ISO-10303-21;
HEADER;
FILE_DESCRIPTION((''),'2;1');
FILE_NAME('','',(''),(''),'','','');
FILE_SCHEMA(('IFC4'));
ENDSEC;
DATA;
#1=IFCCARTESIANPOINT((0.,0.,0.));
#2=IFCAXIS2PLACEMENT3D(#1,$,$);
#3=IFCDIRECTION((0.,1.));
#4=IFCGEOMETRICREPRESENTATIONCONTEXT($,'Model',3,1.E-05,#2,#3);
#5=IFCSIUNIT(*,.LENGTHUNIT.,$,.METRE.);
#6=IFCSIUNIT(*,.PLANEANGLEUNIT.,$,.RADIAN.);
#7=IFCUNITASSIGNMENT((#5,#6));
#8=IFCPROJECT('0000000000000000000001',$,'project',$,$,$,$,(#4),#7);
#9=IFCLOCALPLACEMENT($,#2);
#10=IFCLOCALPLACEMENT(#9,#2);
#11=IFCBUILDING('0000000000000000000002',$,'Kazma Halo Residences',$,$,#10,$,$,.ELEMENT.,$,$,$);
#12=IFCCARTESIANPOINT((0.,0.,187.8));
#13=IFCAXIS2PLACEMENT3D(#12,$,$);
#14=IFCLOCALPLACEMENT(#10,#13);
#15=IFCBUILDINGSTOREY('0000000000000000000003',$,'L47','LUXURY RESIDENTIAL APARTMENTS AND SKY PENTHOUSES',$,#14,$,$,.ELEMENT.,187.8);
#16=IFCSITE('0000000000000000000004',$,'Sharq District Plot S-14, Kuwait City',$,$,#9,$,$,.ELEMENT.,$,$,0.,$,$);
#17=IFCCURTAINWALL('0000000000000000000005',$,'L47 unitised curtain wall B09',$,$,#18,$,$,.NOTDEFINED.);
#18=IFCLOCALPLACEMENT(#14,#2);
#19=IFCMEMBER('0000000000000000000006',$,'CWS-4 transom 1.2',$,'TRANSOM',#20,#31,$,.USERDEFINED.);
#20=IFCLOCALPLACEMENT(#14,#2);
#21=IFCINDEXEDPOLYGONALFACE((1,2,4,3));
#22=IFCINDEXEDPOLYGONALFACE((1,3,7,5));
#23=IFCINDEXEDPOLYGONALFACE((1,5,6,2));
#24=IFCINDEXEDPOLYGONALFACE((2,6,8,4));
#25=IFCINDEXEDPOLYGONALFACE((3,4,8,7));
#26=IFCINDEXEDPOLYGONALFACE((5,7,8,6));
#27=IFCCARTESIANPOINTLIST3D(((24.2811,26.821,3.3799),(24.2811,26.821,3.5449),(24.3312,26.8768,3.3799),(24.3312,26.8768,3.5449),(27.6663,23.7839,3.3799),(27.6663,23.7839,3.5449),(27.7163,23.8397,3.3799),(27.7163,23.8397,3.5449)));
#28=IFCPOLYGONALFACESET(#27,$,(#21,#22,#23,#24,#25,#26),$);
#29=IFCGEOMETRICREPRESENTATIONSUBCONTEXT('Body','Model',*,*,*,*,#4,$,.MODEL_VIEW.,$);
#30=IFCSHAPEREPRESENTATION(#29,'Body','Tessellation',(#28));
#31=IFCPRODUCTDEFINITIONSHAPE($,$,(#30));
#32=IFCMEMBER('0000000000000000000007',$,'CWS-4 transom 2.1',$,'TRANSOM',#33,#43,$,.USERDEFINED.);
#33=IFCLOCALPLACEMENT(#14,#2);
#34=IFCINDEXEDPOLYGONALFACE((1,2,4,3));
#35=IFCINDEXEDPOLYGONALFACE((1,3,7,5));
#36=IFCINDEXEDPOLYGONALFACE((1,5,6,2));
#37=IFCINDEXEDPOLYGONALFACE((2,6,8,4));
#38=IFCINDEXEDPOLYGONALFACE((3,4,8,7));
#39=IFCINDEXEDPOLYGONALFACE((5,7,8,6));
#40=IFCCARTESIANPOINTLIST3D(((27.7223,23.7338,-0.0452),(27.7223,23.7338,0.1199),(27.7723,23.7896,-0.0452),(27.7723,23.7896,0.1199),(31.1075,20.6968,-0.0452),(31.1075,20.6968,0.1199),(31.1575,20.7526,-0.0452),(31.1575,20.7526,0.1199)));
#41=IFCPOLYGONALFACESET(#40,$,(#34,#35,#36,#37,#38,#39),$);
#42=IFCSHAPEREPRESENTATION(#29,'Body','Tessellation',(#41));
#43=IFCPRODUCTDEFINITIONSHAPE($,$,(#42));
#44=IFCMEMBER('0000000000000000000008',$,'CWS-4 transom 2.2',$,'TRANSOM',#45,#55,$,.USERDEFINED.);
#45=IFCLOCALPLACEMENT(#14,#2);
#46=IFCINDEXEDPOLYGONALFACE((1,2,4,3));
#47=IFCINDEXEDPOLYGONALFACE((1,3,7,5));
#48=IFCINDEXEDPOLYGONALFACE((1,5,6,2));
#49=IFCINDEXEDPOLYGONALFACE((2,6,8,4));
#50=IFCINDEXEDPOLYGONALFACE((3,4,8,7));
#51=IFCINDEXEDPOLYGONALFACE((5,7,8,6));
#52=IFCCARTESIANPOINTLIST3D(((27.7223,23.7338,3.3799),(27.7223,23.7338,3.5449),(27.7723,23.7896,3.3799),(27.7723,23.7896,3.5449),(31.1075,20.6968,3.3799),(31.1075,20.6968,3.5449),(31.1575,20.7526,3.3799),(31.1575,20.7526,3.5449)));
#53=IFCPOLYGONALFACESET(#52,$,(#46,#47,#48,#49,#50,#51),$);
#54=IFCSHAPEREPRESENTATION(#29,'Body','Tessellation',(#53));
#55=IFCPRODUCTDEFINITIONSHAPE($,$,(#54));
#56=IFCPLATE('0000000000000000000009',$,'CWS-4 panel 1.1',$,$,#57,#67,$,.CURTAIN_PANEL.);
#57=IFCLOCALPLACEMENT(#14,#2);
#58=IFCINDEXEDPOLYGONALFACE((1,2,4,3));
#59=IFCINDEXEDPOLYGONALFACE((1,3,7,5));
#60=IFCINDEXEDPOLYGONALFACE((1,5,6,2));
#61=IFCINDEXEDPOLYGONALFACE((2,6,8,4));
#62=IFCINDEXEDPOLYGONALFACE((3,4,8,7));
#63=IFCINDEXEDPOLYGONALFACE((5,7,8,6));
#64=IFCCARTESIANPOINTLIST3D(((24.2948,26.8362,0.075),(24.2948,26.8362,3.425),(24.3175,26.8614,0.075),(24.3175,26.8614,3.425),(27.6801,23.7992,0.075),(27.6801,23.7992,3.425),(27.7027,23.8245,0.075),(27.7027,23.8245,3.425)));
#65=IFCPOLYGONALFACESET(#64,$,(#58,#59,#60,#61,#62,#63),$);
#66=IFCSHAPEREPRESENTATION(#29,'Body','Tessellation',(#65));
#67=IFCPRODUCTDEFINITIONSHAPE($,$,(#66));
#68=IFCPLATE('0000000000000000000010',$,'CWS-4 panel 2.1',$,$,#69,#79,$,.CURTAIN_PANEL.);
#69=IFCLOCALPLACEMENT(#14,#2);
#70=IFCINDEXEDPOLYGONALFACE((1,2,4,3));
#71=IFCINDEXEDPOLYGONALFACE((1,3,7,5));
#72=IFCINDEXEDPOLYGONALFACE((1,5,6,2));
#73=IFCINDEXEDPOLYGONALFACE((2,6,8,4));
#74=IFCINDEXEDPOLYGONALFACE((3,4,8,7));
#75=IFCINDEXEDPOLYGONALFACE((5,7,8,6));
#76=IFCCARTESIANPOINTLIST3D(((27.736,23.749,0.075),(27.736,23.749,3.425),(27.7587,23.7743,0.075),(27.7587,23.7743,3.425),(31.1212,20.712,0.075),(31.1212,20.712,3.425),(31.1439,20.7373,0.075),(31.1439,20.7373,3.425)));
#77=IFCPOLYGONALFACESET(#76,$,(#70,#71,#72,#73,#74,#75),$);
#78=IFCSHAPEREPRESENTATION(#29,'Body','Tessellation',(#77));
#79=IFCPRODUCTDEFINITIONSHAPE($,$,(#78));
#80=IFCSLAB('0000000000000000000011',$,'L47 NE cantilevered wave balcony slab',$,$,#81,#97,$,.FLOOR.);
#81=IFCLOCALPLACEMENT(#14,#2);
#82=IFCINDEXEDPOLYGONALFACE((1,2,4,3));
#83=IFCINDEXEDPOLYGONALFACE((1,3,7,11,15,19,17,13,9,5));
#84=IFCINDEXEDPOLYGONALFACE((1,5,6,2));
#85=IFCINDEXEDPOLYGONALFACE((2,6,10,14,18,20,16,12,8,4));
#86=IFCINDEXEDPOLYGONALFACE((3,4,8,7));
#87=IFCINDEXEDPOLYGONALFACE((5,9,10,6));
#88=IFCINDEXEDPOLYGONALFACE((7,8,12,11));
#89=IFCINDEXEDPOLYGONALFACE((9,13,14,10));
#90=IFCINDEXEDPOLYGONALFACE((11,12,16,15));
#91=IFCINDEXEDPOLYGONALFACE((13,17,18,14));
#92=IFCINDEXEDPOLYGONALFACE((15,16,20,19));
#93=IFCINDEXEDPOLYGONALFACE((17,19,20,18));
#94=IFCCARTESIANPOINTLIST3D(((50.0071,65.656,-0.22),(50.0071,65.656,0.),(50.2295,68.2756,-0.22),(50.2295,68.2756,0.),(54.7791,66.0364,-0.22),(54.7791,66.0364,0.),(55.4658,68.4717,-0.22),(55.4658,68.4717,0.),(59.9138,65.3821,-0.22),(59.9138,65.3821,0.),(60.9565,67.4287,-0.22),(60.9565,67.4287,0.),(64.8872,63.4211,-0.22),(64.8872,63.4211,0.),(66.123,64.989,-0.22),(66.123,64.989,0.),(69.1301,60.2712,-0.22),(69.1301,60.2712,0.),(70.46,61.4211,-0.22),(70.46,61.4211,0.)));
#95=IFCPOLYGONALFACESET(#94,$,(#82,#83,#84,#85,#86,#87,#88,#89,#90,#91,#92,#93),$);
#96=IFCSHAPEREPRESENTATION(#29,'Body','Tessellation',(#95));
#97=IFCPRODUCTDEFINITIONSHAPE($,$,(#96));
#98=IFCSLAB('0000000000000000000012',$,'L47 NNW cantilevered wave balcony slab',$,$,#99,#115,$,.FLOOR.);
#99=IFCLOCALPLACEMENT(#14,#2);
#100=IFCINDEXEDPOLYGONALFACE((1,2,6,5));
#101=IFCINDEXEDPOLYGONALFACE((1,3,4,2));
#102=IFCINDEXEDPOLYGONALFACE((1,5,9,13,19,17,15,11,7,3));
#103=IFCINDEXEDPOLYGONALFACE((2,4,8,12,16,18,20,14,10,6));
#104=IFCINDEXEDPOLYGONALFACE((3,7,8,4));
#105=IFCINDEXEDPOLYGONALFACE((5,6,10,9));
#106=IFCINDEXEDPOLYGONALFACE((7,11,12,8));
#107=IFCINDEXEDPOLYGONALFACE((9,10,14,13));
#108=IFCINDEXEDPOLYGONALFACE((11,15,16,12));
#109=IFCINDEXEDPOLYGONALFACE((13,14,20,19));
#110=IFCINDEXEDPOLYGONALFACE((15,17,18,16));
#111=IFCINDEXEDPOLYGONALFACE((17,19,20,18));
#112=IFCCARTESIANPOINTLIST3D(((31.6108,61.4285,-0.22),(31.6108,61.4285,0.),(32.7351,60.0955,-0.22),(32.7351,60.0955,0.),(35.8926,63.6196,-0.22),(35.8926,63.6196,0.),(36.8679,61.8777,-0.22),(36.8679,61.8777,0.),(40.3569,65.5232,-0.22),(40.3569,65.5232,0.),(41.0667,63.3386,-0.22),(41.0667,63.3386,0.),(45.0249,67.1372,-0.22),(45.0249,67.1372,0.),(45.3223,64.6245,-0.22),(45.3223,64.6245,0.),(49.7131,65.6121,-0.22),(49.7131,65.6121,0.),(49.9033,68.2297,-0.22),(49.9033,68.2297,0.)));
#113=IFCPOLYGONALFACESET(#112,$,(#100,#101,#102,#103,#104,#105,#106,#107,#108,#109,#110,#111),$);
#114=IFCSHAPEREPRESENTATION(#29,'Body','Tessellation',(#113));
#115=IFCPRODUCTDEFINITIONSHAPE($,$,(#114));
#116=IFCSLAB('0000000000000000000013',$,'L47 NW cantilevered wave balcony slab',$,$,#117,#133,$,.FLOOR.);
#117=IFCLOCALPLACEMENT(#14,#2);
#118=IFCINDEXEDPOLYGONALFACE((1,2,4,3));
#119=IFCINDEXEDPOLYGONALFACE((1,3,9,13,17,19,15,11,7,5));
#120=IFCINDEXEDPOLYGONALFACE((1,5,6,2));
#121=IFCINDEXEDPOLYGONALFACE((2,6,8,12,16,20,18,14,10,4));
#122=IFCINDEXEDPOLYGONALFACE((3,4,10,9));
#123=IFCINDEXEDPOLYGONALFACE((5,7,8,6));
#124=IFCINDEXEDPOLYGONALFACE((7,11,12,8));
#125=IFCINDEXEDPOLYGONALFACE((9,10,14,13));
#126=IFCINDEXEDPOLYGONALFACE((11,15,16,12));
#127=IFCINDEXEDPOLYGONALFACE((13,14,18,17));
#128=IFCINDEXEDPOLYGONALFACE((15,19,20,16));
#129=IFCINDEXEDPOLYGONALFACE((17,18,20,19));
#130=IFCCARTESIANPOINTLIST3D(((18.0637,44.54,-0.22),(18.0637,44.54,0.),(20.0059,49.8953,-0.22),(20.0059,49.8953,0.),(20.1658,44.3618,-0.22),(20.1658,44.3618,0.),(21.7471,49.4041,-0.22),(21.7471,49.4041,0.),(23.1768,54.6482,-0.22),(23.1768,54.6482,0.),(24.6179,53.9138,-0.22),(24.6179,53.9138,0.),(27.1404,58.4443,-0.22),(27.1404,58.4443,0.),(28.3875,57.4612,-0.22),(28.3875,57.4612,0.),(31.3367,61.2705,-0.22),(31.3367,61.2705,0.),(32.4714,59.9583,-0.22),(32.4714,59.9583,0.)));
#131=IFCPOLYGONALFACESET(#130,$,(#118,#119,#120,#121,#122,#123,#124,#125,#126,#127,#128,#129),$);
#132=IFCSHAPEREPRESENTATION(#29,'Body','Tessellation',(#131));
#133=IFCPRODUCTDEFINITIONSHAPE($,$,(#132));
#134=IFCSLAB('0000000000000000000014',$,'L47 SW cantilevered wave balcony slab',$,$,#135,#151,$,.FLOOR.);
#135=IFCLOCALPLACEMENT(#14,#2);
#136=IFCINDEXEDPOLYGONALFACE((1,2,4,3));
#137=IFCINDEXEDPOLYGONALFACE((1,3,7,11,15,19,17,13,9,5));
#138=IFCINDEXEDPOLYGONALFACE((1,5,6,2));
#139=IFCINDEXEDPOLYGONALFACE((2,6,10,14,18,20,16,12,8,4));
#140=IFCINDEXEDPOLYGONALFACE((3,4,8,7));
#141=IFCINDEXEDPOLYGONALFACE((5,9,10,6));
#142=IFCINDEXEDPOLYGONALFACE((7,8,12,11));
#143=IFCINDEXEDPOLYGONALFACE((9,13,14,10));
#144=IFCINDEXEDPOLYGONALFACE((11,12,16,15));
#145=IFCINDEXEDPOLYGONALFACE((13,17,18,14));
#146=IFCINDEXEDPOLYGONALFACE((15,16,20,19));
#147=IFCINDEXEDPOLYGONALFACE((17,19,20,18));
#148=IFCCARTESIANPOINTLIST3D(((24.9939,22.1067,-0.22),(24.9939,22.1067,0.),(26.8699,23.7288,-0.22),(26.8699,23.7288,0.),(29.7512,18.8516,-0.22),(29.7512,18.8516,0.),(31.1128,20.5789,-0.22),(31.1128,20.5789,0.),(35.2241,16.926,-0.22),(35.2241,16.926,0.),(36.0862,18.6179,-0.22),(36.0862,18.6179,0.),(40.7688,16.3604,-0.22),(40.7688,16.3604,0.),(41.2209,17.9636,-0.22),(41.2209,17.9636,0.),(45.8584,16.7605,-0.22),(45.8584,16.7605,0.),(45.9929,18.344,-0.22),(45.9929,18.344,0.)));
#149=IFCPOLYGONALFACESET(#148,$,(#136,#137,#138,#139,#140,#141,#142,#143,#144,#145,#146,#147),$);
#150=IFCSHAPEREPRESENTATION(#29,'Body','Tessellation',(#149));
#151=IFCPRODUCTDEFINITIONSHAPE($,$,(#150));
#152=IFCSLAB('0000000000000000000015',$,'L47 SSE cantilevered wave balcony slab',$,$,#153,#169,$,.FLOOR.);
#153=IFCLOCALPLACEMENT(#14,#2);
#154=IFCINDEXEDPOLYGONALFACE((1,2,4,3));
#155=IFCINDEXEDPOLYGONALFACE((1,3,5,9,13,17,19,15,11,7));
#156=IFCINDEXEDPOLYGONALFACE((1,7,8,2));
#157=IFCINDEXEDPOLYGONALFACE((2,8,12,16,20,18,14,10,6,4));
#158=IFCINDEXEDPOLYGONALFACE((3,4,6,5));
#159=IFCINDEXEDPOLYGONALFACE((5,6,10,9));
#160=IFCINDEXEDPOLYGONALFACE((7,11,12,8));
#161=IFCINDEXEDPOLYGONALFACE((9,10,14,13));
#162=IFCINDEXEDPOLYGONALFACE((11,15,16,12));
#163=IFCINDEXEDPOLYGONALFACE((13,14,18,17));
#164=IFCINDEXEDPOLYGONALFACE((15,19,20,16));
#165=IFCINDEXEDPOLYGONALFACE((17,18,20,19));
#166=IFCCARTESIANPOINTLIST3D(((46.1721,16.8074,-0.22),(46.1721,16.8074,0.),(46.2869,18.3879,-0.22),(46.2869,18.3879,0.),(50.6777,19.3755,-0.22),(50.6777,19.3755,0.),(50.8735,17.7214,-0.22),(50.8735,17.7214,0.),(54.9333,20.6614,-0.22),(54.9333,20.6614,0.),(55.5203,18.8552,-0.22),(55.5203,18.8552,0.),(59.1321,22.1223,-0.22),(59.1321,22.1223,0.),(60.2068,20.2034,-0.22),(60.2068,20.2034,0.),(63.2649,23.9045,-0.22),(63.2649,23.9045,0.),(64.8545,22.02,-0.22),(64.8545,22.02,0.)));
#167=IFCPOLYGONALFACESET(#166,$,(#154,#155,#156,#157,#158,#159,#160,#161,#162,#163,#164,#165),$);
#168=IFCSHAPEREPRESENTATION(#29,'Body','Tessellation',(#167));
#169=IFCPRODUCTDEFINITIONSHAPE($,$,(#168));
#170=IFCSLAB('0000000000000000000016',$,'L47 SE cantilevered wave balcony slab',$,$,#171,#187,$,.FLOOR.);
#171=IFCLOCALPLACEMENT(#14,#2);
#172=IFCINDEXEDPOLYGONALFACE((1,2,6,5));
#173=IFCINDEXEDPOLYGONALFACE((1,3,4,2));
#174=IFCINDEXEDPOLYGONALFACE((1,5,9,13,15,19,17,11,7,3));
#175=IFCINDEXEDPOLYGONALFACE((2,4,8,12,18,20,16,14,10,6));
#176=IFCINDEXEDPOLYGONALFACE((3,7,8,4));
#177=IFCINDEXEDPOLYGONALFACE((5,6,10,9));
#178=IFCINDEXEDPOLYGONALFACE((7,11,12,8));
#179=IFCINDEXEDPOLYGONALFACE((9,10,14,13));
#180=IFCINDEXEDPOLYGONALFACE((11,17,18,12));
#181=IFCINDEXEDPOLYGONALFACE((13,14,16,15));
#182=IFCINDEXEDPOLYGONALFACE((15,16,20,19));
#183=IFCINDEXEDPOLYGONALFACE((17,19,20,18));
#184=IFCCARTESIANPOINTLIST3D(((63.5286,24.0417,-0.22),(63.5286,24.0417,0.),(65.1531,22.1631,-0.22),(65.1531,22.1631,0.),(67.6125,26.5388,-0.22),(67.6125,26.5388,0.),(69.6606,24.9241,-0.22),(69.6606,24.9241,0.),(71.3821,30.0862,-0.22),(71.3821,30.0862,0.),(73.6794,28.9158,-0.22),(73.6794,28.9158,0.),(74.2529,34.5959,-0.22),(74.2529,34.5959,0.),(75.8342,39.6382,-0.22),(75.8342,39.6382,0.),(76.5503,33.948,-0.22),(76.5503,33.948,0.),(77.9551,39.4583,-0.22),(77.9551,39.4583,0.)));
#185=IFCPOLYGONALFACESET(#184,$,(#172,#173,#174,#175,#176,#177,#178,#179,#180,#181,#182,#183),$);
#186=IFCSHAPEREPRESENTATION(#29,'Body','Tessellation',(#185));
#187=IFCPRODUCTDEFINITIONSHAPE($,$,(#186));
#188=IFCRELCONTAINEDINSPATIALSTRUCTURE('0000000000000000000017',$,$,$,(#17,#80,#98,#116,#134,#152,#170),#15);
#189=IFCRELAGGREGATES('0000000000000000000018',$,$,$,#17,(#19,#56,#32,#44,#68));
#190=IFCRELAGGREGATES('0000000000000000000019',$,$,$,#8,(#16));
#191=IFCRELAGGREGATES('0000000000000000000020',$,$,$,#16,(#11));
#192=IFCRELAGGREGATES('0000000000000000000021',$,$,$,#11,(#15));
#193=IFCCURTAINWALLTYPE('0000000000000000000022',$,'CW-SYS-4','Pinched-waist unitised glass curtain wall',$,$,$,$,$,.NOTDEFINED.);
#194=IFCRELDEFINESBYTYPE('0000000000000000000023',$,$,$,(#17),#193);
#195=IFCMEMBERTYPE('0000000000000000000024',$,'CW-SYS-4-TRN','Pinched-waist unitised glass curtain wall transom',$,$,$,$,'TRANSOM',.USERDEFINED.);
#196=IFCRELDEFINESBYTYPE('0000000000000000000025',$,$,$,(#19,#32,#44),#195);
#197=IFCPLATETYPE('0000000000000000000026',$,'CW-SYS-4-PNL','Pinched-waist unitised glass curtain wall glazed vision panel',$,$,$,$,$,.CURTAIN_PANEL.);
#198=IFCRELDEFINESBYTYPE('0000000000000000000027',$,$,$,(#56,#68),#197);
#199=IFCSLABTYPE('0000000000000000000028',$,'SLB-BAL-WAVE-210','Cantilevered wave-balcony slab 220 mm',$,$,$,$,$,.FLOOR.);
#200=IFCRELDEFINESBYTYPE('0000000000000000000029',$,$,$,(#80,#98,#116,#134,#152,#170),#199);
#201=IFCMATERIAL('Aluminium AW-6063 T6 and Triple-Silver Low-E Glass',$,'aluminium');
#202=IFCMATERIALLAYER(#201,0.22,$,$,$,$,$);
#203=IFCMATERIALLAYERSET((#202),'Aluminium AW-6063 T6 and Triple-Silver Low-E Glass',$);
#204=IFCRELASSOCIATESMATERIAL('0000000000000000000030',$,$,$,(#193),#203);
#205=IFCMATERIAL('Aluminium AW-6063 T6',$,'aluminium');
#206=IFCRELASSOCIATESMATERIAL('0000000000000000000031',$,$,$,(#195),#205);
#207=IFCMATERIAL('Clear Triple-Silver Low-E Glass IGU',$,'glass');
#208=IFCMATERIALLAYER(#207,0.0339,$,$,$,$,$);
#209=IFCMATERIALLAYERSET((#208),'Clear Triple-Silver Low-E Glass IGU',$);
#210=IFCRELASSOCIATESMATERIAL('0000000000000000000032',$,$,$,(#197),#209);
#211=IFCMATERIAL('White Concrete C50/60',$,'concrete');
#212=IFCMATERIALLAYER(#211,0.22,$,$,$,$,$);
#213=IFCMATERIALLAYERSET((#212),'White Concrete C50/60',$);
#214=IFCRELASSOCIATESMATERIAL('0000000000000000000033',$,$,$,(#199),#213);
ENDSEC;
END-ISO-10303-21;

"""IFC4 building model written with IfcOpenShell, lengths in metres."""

from ifc_helpers import new_model, si_unit, direction, frame, origin, origin_2d, place, context, subcontext, project, spatial, polyline, rectangle, outline, extrude, material, layer, layer_set, material_profile, profile_set, type_object, element, aggregate, save


model = new_model("IFC4")

# Units and contexts
model_context = context("Model", 3, precision=1e-05, world=origin(), true_north=direction((0.0, 1.0)))
body_context = subcontext(model_context, "Body", "Model", "MODEL_VIEW")
ifc_project = project(units=[si_unit("LENGTHUNIT", "METRE"), si_unit("PLANEANGLEUNIT", "RADIAN")], contexts=[model_context])

# Site, building, storey
site_placement = place(None, origin())
site = spatial("IfcSite", under=ifc_project, at=site_placement, Name="Sharq District Plot S-14, Kuwait City", CompositionType="ELEMENT", RefElevation=0.0)
building_placement = place(site_placement, origin())
building = spatial("IfcBuilding", under=site, at=building_placement, Name="Kazma Halo Residences", CompositionType="ELEMENT")
storey_placement = place(building_placement, frame((0.0, 0.0, 187.8)))
storey = spatial("IfcBuildingStorey", under=building, at=storey_placement, Name="L47", Description="LUXURY RESIDENTIAL APARTMENTS AND SKY PENTHOUSES", CompositionType="ELEMENT", Elevation=187.8)

# Curtain wall, members, plates
ifc_material_1 = material(Name="Aluminium AW-6063 T6 and Triple-Silver Low-E Glass", Category="aluminium")
ifc_layer_1 = layer(ifc_material_1, 0.22)
ifc_layer_set_1 = layer_set([ifc_layer_1], Name="Aluminium AW-6063 T6 and Triple-Silver Low-E Glass")
curtain_wall_type = type_object("IfcCurtainWallType", Name="CW-SYS-4", Description="Pinched-waist unitised glass curtain wall", PredefinedType="NOTDEFINED", material=ifc_layer_set_1)
curtain_wall_placement = place(storey_placement, origin())
curtain_wall = element("IfcCurtainWall", 1, at=curtain_wall_placement, inside=storey, type_object=curtain_wall_type, Name="L47 unitised curtain wall B09", PredefinedType="NOTDEFINED")
ifc_material_2 = material(Name="Aluminium AW-6063 T6", Category="aluminium")
ifc_material_profile_1 = material_profile(ifc_material_2, rectangle(XDim=0.075, YDim=0.165, at=origin_2d()), Name="CWT-75x165")
ifc_profile_set_1 = profile_set([ifc_material_profile_1], Name="Aluminium AW-6063 T6")
member_type_1 = type_object("IfcMemberType", Name="CW-SYS-4-TRN", Description="Pinched-waist unitised glass curtain wall transom", ElementType="TRANSOM", PredefinedType="USERDEFINED", material=ifc_profile_set_1)
member_1_placement = place(storey_placement, frame((24.3062, 26.8489, 3.4624), z_axis=(0.744345, -0.667795, 0.0), x_axis=(0.667795, 0.744345, 0.0)))
member_1 = element("IfcMember", 2, at=member_1_placement, type_object=member_type_1, Name="CWS-4 transom 1.2", ObjectType="TRANSOM", PredefinedType="USERDEFINED", context=body_context, shape_type="SweptSolid", body=[
    extrude(rectangle(XDim=0.075, YDim=0.165, at=origin_2d()), origin(), (0.0, 0.0, 1.0), 4.5479),
])
member_2_placement = place(storey_placement, frame((27.7473, 23.7617, 0.0374), z_axis=(0.744345, -0.667795, 0.0), x_axis=(0.667795, 0.744345, 0.0)))
member_2 = element("IfcMember", 3, at=member_2_placement, type_object=member_type_1, Name="CWS-4 transom 2.1", ObjectType="TRANSOM", PredefinedType="USERDEFINED", context=body_context, shape_type="SweptSolid", body=[
    extrude(rectangle(XDim=0.075, YDim=0.165, at=origin_2d()), origin(), (0.0, 0.0, 1.0), 4.5479),
])
member_3_placement = place(storey_placement, frame((27.7473, 23.7617, 3.4624), z_axis=(0.744345, -0.667795, 0.0), x_axis=(0.667795, 0.744345, 0.0)))
member_3 = element("IfcMember", 4, at=member_3_placement, type_object=member_type_1, Name="CWS-4 transom 2.2", ObjectType="TRANSOM", PredefinedType="USERDEFINED", context=body_context, shape_type="SweptSolid", body=[
    extrude(rectangle(XDim=0.075, YDim=0.165, at=origin_2d()), origin(), (0.0, 0.0, 1.0), 4.5479),
])
ifc_material_3 = material(Name="Clear Triple-Silver Low-E Glass IGU", Category="glass")
ifc_layer_2 = layer(ifc_material_3, 0.0339)
ifc_layer_set_2 = layer_set([ifc_layer_2], Name="Clear Triple-Silver Low-E Glass IGU")
plate_type = type_object("IfcPlateType", Name="CW-SYS-4-PNL", Description="Pinched-waist unitised glass curtain wall glazed vision panel", PredefinedType="CURTAIN_PANEL", material=ifc_layer_set_2)
plate_1_placement = place(storey_placement, frame((25.9988, 25.3303, 0.075), z_axis=(0.0, 0.0, 1.0), x_axis=(0.744355, -0.667784, 0.0)))
plate_1 = element("IfcPlate", 5, at=plate_1_placement, type_object=plate_type, Name="CWS-4 panel 1.1", PredefinedType="CURTAIN_PANEL", context=body_context, shape_type="SweptSolid", body=[
    extrude(rectangle(XDim=4.5479, YDim=0.0339, at=origin_2d()), origin(), (0.0, 0.0, 1.0), 3.3501),
])
plate_2_placement = place(storey_placement, frame((29.4399, 22.2432, 0.075), z_axis=(0.0, 0.0, 1.0), x_axis=(0.744355, -0.667784, 0.0)))
plate_2 = element("IfcPlate", 6, at=plate_2_placement, type_object=plate_type, Name="CWS-4 panel 2.1", PredefinedType="CURTAIN_PANEL", context=body_context, shape_type="SweptSolid", body=[
    extrude(rectangle(XDim=4.5479, YDim=0.0339, at=origin_2d()), origin(), (0.0, 0.0, 1.0), 3.3501),
])
aggregate(curtain_wall, [member_1, plate_1, member_2, member_3, plate_2])

# Slabs
ifc_material_4 = material(Name="White Concrete C50/60", Category="concrete")
ifc_layer_3 = layer(ifc_material_4, 0.22)
ifc_layer_set_3 = layer_set([ifc_layer_3], Name="White Concrete C50/60")
slab_type_1 = type_object("IfcSlabType", Name="SLB-BAL-WAVE-210", Description="Cantilevered wave-balcony slab 220 mm", PredefinedType="FLOOR", material=ifc_layer_set_3)
slab_1_placement = place(storey_placement, frame((0.0, 0.0, -0.22)))
element("IfcSlab", 7, at=slab_1_placement, inside=storey, type_object=slab_type_1, Name="L47 NE cantilevered wave balcony slab", PredefinedType="FLOOR", context=body_context, shape_type="SweptSolid", body=[
    extrude(outline(polyline([(69.1301, 60.2712), (64.8872, 63.4211), (59.9138, 65.3821), (54.7791, 66.0364), (50.0071, 65.656), (50.2295, 68.2756), (55.4658, 68.4717), (60.9565, 67.4287), (66.123, 64.989), (70.46, 61.4211), (69.1301, 60.2712)])), origin(), (0.0, 0.0, 1.0), 0.22),
])
slab_2_placement = place(storey_placement, frame((0.0, 0.0, -0.22)))
element("IfcSlab", 8, at=slab_2_placement, inside=storey, type_object=slab_type_1, Name="L47 NNW cantilevered wave balcony slab", PredefinedType="FLOOR", context=body_context, shape_type="SweptSolid", body=[
    extrude(outline(polyline([(49.7131, 65.6121), (45.3223, 64.6245), (41.0667, 63.3386), (36.8679, 61.8777), (32.7351, 60.0955), (31.6108, 61.4285), (35.8926, 63.6196), (40.3569, 65.5232), (45.0249, 67.1372), (49.9033, 68.2297), (49.7131, 65.6121)])), origin(), (0.0, 0.0, 1.0), 0.22),
])
slab_3_placement = place(storey_placement, frame((0.0, 0.0, -0.22)))
element("IfcSlab", 9, at=slab_3_placement, inside=storey, type_object=slab_type_1, Name="L47 NW cantilevered wave balcony slab", PredefinedType="FLOOR", context=body_context, shape_type="SweptSolid", body=[
    extrude(outline(polyline([(32.4714, 59.9583), (28.3875, 57.4612), (24.6179, 53.9138), (21.7471, 49.4041), (20.1658, 44.3618), (18.0637, 44.54), (20.0059, 49.8953), (23.1768, 54.6482), (27.1404, 58.4443), (31.3367, 61.2705), (32.4714, 59.9583)])), origin(), (0.0, 0.0, 1.0), 0.22),
])
slab_4_placement = place(storey_placement, frame((0.0, 0.0, -0.22)))
element("IfcSlab", 10, at=slab_4_placement, inside=storey, type_object=slab_type_1, Name="L47 SW cantilevered wave balcony slab", PredefinedType="FLOOR", context=body_context, shape_type="SweptSolid", body=[
    extrude(outline(polyline([(26.8699, 23.7288), (31.1128, 20.5789), (36.0862, 18.6179), (41.2209, 17.9636), (45.9929, 18.344), (45.8584, 16.7605), (40.7688, 16.3604), (35.2241, 16.926), (29.7512, 18.8516), (24.9939, 22.1067), (26.8699, 23.7288)])), origin(), (0.0, 0.0, 1.0), 0.22),
])
slab_5_placement = place(storey_placement, frame((0.0, 0.0, -0.22)))
element("IfcSlab", 11, at=slab_5_placement, inside=storey, type_object=slab_type_1, Name="L47 SSE cantilevered wave balcony slab", PredefinedType="FLOOR", context=body_context, shape_type="SweptSolid", body=[
    extrude(outline(polyline([(46.2869, 18.3879), (50.6777, 19.3755), (54.9333, 20.6614), (59.1321, 22.1223), (63.2649, 23.9045), (64.8545, 22.02), (60.2068, 20.2034), (55.5203, 18.8552), (50.8735, 17.7214), (46.1721, 16.8074), (46.2869, 18.3879)])), origin(), (0.0, 0.0, 1.0), 0.22),
])
slab_6_placement = place(storey_placement, frame((0.0, 0.0, -0.22)))
element("IfcSlab", 12, at=slab_6_placement, inside=storey, type_object=slab_type_1, Name="L47 SE cantilevered wave balcony slab", PredefinedType="FLOOR", context=body_context, shape_type="SweptSolid", body=[
    extrude(outline(polyline([(63.5286, 24.0417), (67.6125, 26.5388), (71.3821, 30.0862), (74.2529, 34.5959), (75.8342, 39.6382), (77.9551, 39.4583), (76.5503, 33.948), (73.6794, 28.9158), (69.6606, 24.9241), (65.1531, 22.1631), (63.5286, 24.0417)])), origin(), (0.0, 0.0, 1.0), 0.22),
])

save(model, "model.ifc")
